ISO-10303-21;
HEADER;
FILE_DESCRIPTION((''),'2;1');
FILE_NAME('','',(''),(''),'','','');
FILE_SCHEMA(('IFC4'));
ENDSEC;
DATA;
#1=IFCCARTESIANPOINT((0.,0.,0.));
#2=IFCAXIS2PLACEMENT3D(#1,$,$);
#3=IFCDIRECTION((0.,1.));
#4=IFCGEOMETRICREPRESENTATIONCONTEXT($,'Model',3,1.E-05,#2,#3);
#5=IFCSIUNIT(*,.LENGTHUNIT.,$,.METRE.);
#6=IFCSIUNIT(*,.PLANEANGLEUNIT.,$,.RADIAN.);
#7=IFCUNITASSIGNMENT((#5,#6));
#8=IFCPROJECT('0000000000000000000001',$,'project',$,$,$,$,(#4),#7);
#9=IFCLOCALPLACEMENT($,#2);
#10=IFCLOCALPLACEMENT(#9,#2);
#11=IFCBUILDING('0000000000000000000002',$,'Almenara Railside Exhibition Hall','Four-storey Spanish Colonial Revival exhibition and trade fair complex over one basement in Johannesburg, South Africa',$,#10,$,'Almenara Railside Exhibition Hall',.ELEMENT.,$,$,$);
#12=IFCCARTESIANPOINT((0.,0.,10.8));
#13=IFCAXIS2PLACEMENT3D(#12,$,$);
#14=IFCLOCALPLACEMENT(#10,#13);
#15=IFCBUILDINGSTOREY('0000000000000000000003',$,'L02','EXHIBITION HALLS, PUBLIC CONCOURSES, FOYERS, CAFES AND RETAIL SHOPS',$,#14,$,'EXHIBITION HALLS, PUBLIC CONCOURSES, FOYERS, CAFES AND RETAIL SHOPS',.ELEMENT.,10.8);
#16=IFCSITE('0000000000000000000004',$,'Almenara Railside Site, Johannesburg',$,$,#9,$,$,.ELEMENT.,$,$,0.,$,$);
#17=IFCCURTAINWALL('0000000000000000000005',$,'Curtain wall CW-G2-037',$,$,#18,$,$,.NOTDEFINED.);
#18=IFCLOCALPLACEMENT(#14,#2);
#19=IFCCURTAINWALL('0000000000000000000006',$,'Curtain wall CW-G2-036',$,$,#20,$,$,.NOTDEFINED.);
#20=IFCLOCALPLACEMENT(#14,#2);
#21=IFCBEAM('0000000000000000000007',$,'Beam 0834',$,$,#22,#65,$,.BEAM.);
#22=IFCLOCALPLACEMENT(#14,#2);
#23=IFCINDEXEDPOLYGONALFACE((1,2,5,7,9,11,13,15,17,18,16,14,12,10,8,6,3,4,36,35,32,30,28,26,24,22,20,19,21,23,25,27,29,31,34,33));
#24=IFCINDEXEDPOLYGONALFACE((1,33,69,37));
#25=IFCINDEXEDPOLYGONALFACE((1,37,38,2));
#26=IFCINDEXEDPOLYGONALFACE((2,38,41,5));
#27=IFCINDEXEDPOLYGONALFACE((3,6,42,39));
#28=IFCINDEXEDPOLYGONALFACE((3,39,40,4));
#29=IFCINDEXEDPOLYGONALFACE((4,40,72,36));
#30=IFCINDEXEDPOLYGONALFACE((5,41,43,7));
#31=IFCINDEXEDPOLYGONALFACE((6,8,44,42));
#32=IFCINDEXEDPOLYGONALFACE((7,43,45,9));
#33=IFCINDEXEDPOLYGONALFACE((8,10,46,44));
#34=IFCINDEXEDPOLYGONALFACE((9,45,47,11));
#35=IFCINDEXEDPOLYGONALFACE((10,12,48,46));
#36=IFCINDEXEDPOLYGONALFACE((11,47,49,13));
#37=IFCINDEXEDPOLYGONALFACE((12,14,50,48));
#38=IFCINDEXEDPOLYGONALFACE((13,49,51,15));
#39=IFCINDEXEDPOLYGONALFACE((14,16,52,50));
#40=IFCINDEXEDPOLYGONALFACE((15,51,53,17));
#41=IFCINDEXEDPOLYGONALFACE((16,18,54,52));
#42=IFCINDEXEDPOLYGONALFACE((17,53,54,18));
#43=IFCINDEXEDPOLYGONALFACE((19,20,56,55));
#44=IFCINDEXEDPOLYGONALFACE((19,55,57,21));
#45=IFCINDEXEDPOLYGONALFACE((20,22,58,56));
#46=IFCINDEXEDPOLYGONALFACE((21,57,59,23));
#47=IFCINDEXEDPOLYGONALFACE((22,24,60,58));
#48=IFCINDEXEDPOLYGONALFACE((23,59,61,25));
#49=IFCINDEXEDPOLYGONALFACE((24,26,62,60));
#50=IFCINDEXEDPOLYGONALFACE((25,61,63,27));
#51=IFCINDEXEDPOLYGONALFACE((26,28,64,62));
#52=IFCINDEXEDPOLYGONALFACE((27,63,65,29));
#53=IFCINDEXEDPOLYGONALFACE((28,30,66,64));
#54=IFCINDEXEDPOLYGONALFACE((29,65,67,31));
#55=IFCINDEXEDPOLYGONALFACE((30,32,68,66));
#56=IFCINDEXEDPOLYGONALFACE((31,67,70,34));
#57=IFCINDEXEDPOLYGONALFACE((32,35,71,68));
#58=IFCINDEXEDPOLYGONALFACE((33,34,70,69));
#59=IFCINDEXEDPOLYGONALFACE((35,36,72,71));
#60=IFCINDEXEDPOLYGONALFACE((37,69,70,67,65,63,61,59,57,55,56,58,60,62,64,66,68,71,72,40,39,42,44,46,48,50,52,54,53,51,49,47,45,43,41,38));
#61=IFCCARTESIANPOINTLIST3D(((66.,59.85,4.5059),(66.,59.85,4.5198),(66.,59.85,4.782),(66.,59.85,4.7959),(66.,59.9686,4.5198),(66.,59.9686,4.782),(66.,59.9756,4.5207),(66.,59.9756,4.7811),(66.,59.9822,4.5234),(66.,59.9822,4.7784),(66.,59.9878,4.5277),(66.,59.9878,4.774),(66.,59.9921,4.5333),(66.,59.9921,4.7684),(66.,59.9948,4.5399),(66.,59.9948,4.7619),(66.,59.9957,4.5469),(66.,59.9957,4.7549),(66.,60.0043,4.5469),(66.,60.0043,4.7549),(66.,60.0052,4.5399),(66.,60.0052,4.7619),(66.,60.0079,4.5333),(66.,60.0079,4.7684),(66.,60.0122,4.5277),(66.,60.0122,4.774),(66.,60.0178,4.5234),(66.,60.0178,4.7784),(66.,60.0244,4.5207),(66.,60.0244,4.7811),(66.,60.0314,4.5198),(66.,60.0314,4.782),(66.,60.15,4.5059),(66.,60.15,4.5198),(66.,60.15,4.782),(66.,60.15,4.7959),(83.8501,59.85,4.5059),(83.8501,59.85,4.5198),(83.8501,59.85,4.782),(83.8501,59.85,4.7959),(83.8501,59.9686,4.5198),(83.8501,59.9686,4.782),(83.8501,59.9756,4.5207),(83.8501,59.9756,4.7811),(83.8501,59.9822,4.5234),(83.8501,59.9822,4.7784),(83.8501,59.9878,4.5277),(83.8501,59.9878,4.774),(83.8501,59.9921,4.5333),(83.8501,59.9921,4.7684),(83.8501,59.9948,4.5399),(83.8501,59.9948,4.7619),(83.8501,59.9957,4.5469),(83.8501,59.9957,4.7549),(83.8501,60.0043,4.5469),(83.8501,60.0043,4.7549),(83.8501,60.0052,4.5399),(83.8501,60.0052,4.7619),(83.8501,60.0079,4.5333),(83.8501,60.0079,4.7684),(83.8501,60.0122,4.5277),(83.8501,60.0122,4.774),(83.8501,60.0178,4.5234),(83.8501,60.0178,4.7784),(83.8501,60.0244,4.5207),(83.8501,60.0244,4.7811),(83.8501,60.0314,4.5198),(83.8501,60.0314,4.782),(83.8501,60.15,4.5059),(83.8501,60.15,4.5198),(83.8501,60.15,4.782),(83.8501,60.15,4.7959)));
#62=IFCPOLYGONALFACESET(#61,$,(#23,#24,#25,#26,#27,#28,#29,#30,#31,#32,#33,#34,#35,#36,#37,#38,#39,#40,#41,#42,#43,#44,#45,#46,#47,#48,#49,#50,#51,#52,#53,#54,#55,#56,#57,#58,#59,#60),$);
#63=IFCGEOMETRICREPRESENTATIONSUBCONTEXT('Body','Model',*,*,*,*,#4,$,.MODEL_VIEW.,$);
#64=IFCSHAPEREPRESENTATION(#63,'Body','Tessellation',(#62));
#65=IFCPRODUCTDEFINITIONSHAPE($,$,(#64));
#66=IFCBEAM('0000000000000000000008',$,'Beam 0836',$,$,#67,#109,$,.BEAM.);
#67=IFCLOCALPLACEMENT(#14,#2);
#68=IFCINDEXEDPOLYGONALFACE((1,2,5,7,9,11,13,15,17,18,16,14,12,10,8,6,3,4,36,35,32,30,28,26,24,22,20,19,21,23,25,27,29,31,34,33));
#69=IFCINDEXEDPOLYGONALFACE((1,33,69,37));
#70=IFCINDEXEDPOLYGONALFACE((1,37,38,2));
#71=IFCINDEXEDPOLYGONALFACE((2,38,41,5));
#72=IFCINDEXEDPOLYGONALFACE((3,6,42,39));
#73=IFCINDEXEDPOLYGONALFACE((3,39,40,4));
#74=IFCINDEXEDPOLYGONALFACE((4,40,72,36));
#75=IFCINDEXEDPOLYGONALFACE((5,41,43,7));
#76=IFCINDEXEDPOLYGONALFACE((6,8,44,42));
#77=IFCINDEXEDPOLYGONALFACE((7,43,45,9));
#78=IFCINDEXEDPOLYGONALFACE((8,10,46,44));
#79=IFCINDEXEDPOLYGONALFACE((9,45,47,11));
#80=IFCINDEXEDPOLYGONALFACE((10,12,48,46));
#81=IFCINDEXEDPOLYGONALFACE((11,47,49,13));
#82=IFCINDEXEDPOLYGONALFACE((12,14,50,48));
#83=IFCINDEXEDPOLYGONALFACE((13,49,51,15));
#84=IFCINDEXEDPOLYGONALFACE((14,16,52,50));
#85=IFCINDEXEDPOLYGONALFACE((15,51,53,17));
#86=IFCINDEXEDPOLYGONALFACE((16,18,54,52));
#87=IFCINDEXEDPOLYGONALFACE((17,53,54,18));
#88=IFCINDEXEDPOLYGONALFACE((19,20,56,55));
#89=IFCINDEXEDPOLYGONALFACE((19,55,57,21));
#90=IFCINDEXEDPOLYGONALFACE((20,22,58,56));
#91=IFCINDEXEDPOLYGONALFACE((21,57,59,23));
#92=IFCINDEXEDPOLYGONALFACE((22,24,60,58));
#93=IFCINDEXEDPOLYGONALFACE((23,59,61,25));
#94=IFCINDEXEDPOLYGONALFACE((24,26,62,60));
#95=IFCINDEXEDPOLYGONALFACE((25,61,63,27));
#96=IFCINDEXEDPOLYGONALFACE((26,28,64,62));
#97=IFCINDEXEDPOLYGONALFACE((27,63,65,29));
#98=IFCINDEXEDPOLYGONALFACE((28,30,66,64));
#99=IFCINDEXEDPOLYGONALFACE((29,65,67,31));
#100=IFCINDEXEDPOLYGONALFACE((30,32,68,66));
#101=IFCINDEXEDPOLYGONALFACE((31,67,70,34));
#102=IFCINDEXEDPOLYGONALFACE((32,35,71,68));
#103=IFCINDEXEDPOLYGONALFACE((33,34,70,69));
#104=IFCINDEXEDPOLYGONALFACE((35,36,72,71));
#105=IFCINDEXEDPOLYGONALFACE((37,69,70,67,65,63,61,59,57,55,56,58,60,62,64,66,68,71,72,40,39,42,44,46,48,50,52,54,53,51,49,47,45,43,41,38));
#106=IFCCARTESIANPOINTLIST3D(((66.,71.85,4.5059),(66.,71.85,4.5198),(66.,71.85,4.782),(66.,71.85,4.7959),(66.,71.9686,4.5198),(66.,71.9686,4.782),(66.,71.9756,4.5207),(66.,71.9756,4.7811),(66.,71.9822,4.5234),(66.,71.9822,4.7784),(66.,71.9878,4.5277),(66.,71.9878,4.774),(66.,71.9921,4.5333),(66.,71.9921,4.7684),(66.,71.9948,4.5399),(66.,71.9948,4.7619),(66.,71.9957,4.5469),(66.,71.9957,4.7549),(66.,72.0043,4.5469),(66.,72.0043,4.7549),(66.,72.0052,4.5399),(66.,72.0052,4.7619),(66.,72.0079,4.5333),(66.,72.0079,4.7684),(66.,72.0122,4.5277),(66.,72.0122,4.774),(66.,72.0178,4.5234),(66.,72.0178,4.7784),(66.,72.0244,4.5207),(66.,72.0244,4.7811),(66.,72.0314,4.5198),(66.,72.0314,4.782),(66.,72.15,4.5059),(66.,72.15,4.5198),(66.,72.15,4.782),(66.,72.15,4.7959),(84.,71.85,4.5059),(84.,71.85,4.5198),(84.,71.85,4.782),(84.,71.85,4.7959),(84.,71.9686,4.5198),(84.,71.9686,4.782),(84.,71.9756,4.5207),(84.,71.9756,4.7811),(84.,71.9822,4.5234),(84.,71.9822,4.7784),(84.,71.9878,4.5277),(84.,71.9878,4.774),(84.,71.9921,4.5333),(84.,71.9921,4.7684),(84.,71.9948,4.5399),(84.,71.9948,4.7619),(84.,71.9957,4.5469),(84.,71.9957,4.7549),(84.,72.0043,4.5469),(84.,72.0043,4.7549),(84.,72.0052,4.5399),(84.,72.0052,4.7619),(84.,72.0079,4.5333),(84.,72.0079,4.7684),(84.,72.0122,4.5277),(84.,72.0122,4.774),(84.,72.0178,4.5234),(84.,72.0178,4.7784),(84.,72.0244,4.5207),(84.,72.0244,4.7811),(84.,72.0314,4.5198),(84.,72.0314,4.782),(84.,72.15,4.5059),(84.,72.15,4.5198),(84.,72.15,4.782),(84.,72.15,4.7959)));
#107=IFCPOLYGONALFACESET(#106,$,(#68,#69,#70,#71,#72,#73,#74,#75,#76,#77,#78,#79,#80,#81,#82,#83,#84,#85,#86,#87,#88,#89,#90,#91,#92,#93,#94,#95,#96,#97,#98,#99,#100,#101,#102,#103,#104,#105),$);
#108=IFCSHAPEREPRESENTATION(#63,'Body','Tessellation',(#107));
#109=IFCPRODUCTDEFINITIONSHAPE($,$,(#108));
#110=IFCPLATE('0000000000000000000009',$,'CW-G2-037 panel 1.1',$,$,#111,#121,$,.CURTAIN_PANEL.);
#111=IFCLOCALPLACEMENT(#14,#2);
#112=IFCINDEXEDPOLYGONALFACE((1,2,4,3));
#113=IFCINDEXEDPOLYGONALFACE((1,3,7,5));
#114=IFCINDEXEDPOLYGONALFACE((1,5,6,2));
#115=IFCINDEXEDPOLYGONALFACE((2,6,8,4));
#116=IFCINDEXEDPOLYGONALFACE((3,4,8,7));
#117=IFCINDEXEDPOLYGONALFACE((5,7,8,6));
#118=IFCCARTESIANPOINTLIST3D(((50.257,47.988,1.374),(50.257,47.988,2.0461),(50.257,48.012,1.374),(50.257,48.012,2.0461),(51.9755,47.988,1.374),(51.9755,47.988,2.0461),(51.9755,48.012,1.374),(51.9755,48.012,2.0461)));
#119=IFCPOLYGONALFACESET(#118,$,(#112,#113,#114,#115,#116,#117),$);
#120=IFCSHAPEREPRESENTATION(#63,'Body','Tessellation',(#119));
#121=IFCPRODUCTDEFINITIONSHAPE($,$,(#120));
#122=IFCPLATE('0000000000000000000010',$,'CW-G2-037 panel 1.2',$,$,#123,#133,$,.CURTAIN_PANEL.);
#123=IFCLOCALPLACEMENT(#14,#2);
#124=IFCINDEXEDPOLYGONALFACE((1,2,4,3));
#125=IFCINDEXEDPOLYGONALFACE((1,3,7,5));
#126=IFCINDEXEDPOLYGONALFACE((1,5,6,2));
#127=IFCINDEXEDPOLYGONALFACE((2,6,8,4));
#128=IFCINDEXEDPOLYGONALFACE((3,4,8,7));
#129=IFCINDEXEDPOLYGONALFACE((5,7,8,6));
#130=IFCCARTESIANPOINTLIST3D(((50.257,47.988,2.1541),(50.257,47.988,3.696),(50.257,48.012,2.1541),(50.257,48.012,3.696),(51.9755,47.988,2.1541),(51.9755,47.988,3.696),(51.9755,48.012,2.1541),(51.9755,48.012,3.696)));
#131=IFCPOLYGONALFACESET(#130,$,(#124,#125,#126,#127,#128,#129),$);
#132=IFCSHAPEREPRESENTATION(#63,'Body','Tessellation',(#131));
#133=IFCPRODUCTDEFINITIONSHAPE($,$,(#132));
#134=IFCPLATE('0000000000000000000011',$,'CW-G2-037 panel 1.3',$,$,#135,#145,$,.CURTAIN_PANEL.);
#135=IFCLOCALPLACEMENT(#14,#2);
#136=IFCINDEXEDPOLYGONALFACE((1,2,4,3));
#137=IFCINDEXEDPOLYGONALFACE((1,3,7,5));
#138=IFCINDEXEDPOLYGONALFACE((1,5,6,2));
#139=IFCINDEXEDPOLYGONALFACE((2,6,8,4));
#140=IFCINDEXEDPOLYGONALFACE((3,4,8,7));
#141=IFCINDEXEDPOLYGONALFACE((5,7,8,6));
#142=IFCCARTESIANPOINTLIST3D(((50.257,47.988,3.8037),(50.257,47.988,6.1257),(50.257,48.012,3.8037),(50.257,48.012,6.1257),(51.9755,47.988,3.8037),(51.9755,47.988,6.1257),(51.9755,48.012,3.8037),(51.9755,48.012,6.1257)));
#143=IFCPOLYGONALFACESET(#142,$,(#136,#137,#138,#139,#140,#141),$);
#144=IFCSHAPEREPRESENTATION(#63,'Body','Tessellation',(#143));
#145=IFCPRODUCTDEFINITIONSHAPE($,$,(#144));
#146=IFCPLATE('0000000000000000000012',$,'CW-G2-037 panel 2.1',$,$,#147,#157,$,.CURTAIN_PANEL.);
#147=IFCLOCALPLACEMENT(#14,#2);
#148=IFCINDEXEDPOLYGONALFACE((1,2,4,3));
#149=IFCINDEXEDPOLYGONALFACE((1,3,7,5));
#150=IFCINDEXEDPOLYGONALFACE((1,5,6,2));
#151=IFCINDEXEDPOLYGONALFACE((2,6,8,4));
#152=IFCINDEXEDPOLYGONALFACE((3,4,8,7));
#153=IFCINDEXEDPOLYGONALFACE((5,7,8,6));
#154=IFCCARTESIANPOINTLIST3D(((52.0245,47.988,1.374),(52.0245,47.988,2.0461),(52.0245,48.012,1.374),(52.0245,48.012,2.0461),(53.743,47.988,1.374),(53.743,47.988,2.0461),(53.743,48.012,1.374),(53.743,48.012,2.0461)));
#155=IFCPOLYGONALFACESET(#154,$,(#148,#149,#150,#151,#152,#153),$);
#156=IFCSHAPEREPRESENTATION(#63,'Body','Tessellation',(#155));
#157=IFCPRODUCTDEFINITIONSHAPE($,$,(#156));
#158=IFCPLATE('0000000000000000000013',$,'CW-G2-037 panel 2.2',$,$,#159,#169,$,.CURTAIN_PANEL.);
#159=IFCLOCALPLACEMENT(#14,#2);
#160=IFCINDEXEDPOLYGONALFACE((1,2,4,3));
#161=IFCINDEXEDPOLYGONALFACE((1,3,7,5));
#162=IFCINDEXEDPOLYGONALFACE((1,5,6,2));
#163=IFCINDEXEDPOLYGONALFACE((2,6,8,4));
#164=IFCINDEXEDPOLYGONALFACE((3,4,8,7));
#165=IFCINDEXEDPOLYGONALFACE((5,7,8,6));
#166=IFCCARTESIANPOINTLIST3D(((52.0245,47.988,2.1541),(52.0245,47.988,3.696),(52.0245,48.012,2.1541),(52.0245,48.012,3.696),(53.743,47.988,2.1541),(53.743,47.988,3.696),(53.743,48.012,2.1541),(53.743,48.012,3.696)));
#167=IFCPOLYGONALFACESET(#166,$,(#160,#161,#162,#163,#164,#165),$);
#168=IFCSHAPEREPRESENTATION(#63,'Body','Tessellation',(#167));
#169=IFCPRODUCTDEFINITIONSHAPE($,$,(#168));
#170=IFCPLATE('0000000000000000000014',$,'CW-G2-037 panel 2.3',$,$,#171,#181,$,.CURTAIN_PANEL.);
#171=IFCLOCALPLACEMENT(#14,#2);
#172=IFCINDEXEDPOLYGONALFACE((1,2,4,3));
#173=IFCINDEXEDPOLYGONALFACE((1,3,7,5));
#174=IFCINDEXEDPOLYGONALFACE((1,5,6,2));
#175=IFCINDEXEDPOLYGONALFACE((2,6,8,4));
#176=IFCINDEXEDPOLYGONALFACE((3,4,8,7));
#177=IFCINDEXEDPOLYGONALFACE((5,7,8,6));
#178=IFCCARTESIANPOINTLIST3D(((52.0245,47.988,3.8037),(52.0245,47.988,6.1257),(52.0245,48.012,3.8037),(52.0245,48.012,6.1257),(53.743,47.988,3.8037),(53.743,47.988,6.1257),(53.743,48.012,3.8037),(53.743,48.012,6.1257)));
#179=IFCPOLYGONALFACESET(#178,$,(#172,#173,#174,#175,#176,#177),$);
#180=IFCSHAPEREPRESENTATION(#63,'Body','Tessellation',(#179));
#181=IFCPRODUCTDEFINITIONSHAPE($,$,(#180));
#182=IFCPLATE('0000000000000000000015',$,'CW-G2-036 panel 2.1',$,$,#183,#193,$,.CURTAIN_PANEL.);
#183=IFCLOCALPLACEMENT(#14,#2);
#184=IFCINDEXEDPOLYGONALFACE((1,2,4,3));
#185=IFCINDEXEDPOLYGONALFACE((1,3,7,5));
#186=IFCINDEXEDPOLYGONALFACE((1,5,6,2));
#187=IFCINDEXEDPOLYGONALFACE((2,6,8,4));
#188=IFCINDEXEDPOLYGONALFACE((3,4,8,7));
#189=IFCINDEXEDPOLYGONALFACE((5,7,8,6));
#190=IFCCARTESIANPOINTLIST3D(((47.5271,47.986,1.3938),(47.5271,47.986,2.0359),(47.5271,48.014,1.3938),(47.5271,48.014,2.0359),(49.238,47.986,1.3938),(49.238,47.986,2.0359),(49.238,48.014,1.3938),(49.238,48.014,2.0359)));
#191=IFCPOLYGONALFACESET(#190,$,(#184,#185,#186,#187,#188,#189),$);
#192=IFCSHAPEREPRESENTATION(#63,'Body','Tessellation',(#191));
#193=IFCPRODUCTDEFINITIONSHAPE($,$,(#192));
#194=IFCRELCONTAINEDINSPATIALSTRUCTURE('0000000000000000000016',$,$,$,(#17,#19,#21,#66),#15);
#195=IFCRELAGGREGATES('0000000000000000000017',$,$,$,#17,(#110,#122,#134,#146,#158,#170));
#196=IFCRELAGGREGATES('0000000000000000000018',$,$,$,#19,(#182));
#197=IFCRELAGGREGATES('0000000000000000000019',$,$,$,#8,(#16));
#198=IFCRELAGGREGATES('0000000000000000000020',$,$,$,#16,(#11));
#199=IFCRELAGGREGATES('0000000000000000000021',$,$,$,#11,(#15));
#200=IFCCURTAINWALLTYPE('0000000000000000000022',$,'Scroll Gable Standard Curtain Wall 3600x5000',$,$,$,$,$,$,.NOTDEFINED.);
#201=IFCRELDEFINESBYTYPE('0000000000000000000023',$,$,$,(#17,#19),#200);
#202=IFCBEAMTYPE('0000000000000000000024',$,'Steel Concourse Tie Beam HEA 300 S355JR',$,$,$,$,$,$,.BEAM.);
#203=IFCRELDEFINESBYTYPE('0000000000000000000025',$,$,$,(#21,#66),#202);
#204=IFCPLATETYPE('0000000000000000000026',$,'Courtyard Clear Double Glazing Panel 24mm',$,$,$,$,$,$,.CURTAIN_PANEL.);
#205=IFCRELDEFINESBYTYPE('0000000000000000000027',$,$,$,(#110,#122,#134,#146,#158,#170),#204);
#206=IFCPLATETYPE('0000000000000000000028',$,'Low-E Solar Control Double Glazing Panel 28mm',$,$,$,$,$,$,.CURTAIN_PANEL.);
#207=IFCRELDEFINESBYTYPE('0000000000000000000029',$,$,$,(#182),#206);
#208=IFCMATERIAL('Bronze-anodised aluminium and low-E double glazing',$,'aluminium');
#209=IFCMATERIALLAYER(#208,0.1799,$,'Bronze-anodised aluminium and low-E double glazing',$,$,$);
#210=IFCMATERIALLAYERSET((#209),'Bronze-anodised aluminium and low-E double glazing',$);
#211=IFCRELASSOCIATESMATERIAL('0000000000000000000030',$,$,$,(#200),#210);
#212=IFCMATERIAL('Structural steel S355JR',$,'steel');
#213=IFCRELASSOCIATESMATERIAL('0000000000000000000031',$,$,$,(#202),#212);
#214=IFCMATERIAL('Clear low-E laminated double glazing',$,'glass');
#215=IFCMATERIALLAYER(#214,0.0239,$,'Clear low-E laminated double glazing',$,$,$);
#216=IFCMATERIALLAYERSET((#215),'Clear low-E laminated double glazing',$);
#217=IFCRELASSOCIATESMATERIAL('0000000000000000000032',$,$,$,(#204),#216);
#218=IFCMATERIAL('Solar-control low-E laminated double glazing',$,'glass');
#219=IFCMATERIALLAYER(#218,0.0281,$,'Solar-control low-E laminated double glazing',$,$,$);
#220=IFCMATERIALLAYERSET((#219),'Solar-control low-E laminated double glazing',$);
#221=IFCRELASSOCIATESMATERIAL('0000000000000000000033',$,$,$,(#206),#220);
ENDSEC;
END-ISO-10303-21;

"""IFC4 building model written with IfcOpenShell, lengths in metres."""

from ifc_helpers import new_model, si_unit, direction, frame, origin, origin_2d, place, context, subcontext, project, spatial, rectangle, i_section, extrude, material, layer, layer_set, material_profile, profile_set, type_object, element, aggregate, save


model = new_model("IFC4")

# Units and contexts
model_context = context("Model", 3, precision=1e-05, world=origin(), true_north=direction((0.0, 1.0)))
body_context = subcontext(model_context, "Body", "Model", "MODEL_VIEW")
ifc_project = project(units=[si_unit("LENGTHUNIT", "METRE"), si_unit("PLANEANGLEUNIT", "RADIAN")], contexts=[model_context])

# Site, building, storey
site_placement = place(None, origin())
site = spatial("IfcSite", under=ifc_project, at=site_placement, Name="Almenara Railside Site, Johannesburg", CompositionType="ELEMENT", RefElevation=0.0)
building_placement = place(site_placement, origin())
building = spatial("IfcBuilding", under=site, at=building_placement, Name="Almenara Railside Exhibition Hall", Description="Four-storey Spanish Colonial Revival exhibition and trade fair complex over one basement in Johannesburg, South Africa", LongName="Almenara Railside Exhibition Hall", CompositionType="ELEMENT")
storey_placement = place(building_placement, frame((0.0, 0.0, 10.8)))
storey = spatial("IfcBuildingStorey", under=building, at=storey_placement, Name="L02", Description="EXHIBITION HALLS, PUBLIC CONCOURSES, FOYERS, CAFES AND RETAIL SHOPS", LongName="EXHIBITION HALLS, PUBLIC CONCOURSES, FOYERS, CAFES AND RETAIL SHOPS", CompositionType="ELEMENT", Elevation=10.8)

# Shared definitions
ifc_material_1 = material(Name="Structural steel S355JR", Category="steel")

# Curtain wall
ifc_material_2 = material(Name="Bronze-anodised aluminium and low-E double glazing", Category="aluminium")
ifc_layer_1 = layer(ifc_material_2, 0.1799, Name="Bronze-anodised aluminium and low-E double glazing")
ifc_layer_set_1 = layer_set([ifc_layer_1], Name="Bronze-anodised aluminium and low-E double glazing")
curtain_wall_type_1 = type_object("IfcCurtainWallType", Name="Scroll Gable Standard Curtain Wall 3600x5000", PredefinedType="NOTDEFINED", material=ifc_layer_set_1)
curtain_wall_1_placement = place(storey_placement, origin())
curtain_wall_1 = element("IfcCurtainWall", 1, at=curtain_wall_1_placement, inside=storey, type_object=curtain_wall_type_1, Name="Curtain wall CW-G2-037", PredefinedType="NOTDEFINED")

# Curtain wall
curtain_wall_2_placement = place(storey_placement, origin())
curtain_wall_2 = element("IfcCurtainWall", 2, at=curtain_wall_2_placement, inside=storey, type_object=curtain_wall_type_1, Name="Curtain wall CW-G2-036", PredefinedType="NOTDEFINED")

# Beams
ifc_material_profile_1 = material_profile(ifc_material_1, i_section(OverallWidth=0.3, OverallDepth=0.29, WebThickness=0.0085, FlangeThickness=0.0139, FilletRadius=0.0271, at=origin_2d()), Name="HEA 300")
ifc_profile_set_1 = profile_set([ifc_material_profile_1], Name="Structural steel S355JR")
beam_type_1 = type_object("IfcBeamType", Name="Steel Concourse Tie Beam HEA 300 S355JR", PredefinedType="BEAM", material=ifc_profile_set_1)
beam_1_placement = place(storey_placement, frame((66.0, 60.0, 4.6509), z_axis=(1.0, 0.0, 0.0), x_axis=(0.0, 1.0, 0.0)))
element("IfcBeam", 3, at=beam_1_placement, inside=storey, type_object=beam_type_1, Name="Beam 0834", PredefinedType="BEAM", context=body_context, shape_type="SweptSolid", body=[
    extrude(i_section(OverallWidth=0.3, OverallDepth=0.29, WebThickness=0.0085, FlangeThickness=0.0139, FilletRadius=0.0271, at=origin_2d()), origin(), (0.0, 0.0, 1.0), 17.8501),
])
beam_2_placement = place(storey_placement, frame((66.0, 72.0, 4.6509), z_axis=(1.0, 0.0, 0.0), x_axis=(0.0, 1.0, 0.0)))
element("IfcBeam", 4, at=beam_2_placement, inside=storey, type_object=beam_type_1, Name="Beam 0836", PredefinedType="BEAM", context=body_context, shape_type="SweptSolid", body=[
    extrude(i_section(OverallWidth=0.3, OverallDepth=0.29, WebThickness=0.0085, FlangeThickness=0.0139, FilletRadius=0.0271, at=origin_2d()), origin(), (0.0, 0.0, 1.0), 18.0),
])

# Plates
ifc_material_3 = material(Name="Clear low-E laminated double glazing", Category="glass")
ifc_layer_2 = layer(ifc_material_3, 0.0239, Name="Clear low-E laminated double glazing")
ifc_layer_set_2 = layer_set([ifc_layer_2], Name="Clear low-E laminated double glazing")
plate_type_1 = type_object("IfcPlateType", Name="Courtyard Clear Double Glazing Panel 24mm", PredefinedType="CURTAIN_PANEL", material=ifc_layer_set_2)
plate_1_placement = place(storey_placement, frame((51.1162, 48.0, 1.374), z_axis=(0.0, 0.0, 1.0), x_axis=(1.0, 0.0, 0.0)))
plate_1 = element("IfcPlate", 5, at=plate_1_placement, type_object=plate_type_1, Name="CW-G2-037 panel 1.1", PredefinedType="CURTAIN_PANEL", context=body_context, shape_type="SweptSolid", body=[
    extrude(rectangle(XDim=1.7185, YDim=0.0239, at=origin_2d()), origin(), (0.0, 0.0, 1.0), 0.6721),
])
plate_2_placement = place(storey_placement, frame((51.1162, 48.0, 2.1541), z_axis=(0.0, 0.0, 1.0), x_axis=(1.0, 0.0, 0.0)))
plate_2 = element("IfcPlate", 6, at=plate_2_placement, type_object=plate_type_1, Name="CW-G2-037 panel 1.2", PredefinedType="CURTAIN_PANEL", context=body_context, shape_type="SweptSolid", body=[
    extrude(rectangle(XDim=1.7185, YDim=0.0239, at=origin_2d()), origin(), (0.0, 0.0, 1.0), 1.542),
])
plate_3_placement = place(storey_placement, frame((51.1162, 48.0, 3.8037), z_axis=(0.0, 0.0, 1.0), x_axis=(1.0, 0.0, 0.0)))
plate_3 = element("IfcPlate", 7, at=plate_3_placement, type_object=plate_type_1, Name="CW-G2-037 panel 1.3", PredefinedType="CURTAIN_PANEL", context=body_context, shape_type="SweptSolid", body=[
    extrude(rectangle(XDim=1.7185, YDim=0.0239, at=origin_2d()), origin(), (0.0, 0.0, 1.0), 2.322),
])
plate_4_placement = place(storey_placement, frame((52.8838, 48.0, 1.374), z_axis=(0.0, 0.0, 1.0), x_axis=(1.0, 0.0, 0.0)))
plate_4 = element("IfcPlate", 8, at=plate_4_placement, type_object=plate_type_1, Name="CW-G2-037 panel 2.1", PredefinedType="CURTAIN_PANEL", context=body_context, shape_type="SweptSolid", body=[
    extrude(rectangle(XDim=1.7185, YDim=0.0239, at=origin_2d()), origin(), (0.0, 0.0, 1.0), 0.6721),
])
plate_5_placement = place(storey_placement, frame((52.8838, 48.0, 2.1541), z_axis=(0.0, 0.0, 1.0), x_axis=(1.0, 0.0, 0.0)))
plate_5 = element("IfcPlate", 9, at=plate_5_placement, type_object=plate_type_1, Name="CW-G2-037 panel 2.2", PredefinedType="CURTAIN_PANEL", context=body_context, shape_type="SweptSolid", body=[
    extrude(rectangle(XDim=1.7185, YDim=0.0239, at=origin_2d()), origin(), (0.0, 0.0, 1.0), 1.542),
])
plate_6_placement = place(storey_placement, frame((52.8838, 48.0, 3.8037), z_axis=(0.0, 0.0, 1.0), x_axis=(1.0, 0.0, 0.0)))
plate_6 = element("IfcPlate", 10, at=plate_6_placement, type_object=plate_type_1, Name="CW-G2-037 panel 2.3", PredefinedType="CURTAIN_PANEL", context=body_context, shape_type="SweptSolid", body=[
    extrude(rectangle(XDim=1.7185, YDim=0.0239, at=origin_2d()), origin(), (0.0, 0.0, 1.0), 2.322),
])
aggregate(curtain_wall_1, [plate_1, plate_2, plate_3, plate_4, plate_5, plate_6])
ifc_material_4 = material(Name="Solar-control low-E laminated double glazing", Category="glass")
ifc_layer_3 = layer(ifc_material_4, 0.0281, Name="Solar-control low-E laminated double glazing")
ifc_layer_set_3 = layer_set([ifc_layer_3], Name="Solar-control low-E laminated double glazing")
plate_type_2 = type_object("IfcPlateType", Name="Low-E Solar Control Double Glazing Panel 28mm", PredefinedType="CURTAIN_PANEL", material=ifc_layer_set_3)
plate_7_placement = place(storey_placement, frame((48.3826, 48.0, 1.3938), z_axis=(0.0, 0.0, 1.0), x_axis=(1.0, 0.0, 0.0)))
plate_7 = element("IfcPlate", 11, at=plate_7_placement, type_object=plate_type_2, Name="CW-G2-036 panel 2.1", PredefinedType="CURTAIN_PANEL", context=body_context, shape_type="SweptSolid", body=[
    extrude(rectangle(XDim=1.7109, YDim=0.0281, at=origin_2d()), origin(), (0.0, 0.0, 1.0), 0.6421),
])
aggregate(curtain_wall_2, [plate_7])

save(model, "model.ifc")
